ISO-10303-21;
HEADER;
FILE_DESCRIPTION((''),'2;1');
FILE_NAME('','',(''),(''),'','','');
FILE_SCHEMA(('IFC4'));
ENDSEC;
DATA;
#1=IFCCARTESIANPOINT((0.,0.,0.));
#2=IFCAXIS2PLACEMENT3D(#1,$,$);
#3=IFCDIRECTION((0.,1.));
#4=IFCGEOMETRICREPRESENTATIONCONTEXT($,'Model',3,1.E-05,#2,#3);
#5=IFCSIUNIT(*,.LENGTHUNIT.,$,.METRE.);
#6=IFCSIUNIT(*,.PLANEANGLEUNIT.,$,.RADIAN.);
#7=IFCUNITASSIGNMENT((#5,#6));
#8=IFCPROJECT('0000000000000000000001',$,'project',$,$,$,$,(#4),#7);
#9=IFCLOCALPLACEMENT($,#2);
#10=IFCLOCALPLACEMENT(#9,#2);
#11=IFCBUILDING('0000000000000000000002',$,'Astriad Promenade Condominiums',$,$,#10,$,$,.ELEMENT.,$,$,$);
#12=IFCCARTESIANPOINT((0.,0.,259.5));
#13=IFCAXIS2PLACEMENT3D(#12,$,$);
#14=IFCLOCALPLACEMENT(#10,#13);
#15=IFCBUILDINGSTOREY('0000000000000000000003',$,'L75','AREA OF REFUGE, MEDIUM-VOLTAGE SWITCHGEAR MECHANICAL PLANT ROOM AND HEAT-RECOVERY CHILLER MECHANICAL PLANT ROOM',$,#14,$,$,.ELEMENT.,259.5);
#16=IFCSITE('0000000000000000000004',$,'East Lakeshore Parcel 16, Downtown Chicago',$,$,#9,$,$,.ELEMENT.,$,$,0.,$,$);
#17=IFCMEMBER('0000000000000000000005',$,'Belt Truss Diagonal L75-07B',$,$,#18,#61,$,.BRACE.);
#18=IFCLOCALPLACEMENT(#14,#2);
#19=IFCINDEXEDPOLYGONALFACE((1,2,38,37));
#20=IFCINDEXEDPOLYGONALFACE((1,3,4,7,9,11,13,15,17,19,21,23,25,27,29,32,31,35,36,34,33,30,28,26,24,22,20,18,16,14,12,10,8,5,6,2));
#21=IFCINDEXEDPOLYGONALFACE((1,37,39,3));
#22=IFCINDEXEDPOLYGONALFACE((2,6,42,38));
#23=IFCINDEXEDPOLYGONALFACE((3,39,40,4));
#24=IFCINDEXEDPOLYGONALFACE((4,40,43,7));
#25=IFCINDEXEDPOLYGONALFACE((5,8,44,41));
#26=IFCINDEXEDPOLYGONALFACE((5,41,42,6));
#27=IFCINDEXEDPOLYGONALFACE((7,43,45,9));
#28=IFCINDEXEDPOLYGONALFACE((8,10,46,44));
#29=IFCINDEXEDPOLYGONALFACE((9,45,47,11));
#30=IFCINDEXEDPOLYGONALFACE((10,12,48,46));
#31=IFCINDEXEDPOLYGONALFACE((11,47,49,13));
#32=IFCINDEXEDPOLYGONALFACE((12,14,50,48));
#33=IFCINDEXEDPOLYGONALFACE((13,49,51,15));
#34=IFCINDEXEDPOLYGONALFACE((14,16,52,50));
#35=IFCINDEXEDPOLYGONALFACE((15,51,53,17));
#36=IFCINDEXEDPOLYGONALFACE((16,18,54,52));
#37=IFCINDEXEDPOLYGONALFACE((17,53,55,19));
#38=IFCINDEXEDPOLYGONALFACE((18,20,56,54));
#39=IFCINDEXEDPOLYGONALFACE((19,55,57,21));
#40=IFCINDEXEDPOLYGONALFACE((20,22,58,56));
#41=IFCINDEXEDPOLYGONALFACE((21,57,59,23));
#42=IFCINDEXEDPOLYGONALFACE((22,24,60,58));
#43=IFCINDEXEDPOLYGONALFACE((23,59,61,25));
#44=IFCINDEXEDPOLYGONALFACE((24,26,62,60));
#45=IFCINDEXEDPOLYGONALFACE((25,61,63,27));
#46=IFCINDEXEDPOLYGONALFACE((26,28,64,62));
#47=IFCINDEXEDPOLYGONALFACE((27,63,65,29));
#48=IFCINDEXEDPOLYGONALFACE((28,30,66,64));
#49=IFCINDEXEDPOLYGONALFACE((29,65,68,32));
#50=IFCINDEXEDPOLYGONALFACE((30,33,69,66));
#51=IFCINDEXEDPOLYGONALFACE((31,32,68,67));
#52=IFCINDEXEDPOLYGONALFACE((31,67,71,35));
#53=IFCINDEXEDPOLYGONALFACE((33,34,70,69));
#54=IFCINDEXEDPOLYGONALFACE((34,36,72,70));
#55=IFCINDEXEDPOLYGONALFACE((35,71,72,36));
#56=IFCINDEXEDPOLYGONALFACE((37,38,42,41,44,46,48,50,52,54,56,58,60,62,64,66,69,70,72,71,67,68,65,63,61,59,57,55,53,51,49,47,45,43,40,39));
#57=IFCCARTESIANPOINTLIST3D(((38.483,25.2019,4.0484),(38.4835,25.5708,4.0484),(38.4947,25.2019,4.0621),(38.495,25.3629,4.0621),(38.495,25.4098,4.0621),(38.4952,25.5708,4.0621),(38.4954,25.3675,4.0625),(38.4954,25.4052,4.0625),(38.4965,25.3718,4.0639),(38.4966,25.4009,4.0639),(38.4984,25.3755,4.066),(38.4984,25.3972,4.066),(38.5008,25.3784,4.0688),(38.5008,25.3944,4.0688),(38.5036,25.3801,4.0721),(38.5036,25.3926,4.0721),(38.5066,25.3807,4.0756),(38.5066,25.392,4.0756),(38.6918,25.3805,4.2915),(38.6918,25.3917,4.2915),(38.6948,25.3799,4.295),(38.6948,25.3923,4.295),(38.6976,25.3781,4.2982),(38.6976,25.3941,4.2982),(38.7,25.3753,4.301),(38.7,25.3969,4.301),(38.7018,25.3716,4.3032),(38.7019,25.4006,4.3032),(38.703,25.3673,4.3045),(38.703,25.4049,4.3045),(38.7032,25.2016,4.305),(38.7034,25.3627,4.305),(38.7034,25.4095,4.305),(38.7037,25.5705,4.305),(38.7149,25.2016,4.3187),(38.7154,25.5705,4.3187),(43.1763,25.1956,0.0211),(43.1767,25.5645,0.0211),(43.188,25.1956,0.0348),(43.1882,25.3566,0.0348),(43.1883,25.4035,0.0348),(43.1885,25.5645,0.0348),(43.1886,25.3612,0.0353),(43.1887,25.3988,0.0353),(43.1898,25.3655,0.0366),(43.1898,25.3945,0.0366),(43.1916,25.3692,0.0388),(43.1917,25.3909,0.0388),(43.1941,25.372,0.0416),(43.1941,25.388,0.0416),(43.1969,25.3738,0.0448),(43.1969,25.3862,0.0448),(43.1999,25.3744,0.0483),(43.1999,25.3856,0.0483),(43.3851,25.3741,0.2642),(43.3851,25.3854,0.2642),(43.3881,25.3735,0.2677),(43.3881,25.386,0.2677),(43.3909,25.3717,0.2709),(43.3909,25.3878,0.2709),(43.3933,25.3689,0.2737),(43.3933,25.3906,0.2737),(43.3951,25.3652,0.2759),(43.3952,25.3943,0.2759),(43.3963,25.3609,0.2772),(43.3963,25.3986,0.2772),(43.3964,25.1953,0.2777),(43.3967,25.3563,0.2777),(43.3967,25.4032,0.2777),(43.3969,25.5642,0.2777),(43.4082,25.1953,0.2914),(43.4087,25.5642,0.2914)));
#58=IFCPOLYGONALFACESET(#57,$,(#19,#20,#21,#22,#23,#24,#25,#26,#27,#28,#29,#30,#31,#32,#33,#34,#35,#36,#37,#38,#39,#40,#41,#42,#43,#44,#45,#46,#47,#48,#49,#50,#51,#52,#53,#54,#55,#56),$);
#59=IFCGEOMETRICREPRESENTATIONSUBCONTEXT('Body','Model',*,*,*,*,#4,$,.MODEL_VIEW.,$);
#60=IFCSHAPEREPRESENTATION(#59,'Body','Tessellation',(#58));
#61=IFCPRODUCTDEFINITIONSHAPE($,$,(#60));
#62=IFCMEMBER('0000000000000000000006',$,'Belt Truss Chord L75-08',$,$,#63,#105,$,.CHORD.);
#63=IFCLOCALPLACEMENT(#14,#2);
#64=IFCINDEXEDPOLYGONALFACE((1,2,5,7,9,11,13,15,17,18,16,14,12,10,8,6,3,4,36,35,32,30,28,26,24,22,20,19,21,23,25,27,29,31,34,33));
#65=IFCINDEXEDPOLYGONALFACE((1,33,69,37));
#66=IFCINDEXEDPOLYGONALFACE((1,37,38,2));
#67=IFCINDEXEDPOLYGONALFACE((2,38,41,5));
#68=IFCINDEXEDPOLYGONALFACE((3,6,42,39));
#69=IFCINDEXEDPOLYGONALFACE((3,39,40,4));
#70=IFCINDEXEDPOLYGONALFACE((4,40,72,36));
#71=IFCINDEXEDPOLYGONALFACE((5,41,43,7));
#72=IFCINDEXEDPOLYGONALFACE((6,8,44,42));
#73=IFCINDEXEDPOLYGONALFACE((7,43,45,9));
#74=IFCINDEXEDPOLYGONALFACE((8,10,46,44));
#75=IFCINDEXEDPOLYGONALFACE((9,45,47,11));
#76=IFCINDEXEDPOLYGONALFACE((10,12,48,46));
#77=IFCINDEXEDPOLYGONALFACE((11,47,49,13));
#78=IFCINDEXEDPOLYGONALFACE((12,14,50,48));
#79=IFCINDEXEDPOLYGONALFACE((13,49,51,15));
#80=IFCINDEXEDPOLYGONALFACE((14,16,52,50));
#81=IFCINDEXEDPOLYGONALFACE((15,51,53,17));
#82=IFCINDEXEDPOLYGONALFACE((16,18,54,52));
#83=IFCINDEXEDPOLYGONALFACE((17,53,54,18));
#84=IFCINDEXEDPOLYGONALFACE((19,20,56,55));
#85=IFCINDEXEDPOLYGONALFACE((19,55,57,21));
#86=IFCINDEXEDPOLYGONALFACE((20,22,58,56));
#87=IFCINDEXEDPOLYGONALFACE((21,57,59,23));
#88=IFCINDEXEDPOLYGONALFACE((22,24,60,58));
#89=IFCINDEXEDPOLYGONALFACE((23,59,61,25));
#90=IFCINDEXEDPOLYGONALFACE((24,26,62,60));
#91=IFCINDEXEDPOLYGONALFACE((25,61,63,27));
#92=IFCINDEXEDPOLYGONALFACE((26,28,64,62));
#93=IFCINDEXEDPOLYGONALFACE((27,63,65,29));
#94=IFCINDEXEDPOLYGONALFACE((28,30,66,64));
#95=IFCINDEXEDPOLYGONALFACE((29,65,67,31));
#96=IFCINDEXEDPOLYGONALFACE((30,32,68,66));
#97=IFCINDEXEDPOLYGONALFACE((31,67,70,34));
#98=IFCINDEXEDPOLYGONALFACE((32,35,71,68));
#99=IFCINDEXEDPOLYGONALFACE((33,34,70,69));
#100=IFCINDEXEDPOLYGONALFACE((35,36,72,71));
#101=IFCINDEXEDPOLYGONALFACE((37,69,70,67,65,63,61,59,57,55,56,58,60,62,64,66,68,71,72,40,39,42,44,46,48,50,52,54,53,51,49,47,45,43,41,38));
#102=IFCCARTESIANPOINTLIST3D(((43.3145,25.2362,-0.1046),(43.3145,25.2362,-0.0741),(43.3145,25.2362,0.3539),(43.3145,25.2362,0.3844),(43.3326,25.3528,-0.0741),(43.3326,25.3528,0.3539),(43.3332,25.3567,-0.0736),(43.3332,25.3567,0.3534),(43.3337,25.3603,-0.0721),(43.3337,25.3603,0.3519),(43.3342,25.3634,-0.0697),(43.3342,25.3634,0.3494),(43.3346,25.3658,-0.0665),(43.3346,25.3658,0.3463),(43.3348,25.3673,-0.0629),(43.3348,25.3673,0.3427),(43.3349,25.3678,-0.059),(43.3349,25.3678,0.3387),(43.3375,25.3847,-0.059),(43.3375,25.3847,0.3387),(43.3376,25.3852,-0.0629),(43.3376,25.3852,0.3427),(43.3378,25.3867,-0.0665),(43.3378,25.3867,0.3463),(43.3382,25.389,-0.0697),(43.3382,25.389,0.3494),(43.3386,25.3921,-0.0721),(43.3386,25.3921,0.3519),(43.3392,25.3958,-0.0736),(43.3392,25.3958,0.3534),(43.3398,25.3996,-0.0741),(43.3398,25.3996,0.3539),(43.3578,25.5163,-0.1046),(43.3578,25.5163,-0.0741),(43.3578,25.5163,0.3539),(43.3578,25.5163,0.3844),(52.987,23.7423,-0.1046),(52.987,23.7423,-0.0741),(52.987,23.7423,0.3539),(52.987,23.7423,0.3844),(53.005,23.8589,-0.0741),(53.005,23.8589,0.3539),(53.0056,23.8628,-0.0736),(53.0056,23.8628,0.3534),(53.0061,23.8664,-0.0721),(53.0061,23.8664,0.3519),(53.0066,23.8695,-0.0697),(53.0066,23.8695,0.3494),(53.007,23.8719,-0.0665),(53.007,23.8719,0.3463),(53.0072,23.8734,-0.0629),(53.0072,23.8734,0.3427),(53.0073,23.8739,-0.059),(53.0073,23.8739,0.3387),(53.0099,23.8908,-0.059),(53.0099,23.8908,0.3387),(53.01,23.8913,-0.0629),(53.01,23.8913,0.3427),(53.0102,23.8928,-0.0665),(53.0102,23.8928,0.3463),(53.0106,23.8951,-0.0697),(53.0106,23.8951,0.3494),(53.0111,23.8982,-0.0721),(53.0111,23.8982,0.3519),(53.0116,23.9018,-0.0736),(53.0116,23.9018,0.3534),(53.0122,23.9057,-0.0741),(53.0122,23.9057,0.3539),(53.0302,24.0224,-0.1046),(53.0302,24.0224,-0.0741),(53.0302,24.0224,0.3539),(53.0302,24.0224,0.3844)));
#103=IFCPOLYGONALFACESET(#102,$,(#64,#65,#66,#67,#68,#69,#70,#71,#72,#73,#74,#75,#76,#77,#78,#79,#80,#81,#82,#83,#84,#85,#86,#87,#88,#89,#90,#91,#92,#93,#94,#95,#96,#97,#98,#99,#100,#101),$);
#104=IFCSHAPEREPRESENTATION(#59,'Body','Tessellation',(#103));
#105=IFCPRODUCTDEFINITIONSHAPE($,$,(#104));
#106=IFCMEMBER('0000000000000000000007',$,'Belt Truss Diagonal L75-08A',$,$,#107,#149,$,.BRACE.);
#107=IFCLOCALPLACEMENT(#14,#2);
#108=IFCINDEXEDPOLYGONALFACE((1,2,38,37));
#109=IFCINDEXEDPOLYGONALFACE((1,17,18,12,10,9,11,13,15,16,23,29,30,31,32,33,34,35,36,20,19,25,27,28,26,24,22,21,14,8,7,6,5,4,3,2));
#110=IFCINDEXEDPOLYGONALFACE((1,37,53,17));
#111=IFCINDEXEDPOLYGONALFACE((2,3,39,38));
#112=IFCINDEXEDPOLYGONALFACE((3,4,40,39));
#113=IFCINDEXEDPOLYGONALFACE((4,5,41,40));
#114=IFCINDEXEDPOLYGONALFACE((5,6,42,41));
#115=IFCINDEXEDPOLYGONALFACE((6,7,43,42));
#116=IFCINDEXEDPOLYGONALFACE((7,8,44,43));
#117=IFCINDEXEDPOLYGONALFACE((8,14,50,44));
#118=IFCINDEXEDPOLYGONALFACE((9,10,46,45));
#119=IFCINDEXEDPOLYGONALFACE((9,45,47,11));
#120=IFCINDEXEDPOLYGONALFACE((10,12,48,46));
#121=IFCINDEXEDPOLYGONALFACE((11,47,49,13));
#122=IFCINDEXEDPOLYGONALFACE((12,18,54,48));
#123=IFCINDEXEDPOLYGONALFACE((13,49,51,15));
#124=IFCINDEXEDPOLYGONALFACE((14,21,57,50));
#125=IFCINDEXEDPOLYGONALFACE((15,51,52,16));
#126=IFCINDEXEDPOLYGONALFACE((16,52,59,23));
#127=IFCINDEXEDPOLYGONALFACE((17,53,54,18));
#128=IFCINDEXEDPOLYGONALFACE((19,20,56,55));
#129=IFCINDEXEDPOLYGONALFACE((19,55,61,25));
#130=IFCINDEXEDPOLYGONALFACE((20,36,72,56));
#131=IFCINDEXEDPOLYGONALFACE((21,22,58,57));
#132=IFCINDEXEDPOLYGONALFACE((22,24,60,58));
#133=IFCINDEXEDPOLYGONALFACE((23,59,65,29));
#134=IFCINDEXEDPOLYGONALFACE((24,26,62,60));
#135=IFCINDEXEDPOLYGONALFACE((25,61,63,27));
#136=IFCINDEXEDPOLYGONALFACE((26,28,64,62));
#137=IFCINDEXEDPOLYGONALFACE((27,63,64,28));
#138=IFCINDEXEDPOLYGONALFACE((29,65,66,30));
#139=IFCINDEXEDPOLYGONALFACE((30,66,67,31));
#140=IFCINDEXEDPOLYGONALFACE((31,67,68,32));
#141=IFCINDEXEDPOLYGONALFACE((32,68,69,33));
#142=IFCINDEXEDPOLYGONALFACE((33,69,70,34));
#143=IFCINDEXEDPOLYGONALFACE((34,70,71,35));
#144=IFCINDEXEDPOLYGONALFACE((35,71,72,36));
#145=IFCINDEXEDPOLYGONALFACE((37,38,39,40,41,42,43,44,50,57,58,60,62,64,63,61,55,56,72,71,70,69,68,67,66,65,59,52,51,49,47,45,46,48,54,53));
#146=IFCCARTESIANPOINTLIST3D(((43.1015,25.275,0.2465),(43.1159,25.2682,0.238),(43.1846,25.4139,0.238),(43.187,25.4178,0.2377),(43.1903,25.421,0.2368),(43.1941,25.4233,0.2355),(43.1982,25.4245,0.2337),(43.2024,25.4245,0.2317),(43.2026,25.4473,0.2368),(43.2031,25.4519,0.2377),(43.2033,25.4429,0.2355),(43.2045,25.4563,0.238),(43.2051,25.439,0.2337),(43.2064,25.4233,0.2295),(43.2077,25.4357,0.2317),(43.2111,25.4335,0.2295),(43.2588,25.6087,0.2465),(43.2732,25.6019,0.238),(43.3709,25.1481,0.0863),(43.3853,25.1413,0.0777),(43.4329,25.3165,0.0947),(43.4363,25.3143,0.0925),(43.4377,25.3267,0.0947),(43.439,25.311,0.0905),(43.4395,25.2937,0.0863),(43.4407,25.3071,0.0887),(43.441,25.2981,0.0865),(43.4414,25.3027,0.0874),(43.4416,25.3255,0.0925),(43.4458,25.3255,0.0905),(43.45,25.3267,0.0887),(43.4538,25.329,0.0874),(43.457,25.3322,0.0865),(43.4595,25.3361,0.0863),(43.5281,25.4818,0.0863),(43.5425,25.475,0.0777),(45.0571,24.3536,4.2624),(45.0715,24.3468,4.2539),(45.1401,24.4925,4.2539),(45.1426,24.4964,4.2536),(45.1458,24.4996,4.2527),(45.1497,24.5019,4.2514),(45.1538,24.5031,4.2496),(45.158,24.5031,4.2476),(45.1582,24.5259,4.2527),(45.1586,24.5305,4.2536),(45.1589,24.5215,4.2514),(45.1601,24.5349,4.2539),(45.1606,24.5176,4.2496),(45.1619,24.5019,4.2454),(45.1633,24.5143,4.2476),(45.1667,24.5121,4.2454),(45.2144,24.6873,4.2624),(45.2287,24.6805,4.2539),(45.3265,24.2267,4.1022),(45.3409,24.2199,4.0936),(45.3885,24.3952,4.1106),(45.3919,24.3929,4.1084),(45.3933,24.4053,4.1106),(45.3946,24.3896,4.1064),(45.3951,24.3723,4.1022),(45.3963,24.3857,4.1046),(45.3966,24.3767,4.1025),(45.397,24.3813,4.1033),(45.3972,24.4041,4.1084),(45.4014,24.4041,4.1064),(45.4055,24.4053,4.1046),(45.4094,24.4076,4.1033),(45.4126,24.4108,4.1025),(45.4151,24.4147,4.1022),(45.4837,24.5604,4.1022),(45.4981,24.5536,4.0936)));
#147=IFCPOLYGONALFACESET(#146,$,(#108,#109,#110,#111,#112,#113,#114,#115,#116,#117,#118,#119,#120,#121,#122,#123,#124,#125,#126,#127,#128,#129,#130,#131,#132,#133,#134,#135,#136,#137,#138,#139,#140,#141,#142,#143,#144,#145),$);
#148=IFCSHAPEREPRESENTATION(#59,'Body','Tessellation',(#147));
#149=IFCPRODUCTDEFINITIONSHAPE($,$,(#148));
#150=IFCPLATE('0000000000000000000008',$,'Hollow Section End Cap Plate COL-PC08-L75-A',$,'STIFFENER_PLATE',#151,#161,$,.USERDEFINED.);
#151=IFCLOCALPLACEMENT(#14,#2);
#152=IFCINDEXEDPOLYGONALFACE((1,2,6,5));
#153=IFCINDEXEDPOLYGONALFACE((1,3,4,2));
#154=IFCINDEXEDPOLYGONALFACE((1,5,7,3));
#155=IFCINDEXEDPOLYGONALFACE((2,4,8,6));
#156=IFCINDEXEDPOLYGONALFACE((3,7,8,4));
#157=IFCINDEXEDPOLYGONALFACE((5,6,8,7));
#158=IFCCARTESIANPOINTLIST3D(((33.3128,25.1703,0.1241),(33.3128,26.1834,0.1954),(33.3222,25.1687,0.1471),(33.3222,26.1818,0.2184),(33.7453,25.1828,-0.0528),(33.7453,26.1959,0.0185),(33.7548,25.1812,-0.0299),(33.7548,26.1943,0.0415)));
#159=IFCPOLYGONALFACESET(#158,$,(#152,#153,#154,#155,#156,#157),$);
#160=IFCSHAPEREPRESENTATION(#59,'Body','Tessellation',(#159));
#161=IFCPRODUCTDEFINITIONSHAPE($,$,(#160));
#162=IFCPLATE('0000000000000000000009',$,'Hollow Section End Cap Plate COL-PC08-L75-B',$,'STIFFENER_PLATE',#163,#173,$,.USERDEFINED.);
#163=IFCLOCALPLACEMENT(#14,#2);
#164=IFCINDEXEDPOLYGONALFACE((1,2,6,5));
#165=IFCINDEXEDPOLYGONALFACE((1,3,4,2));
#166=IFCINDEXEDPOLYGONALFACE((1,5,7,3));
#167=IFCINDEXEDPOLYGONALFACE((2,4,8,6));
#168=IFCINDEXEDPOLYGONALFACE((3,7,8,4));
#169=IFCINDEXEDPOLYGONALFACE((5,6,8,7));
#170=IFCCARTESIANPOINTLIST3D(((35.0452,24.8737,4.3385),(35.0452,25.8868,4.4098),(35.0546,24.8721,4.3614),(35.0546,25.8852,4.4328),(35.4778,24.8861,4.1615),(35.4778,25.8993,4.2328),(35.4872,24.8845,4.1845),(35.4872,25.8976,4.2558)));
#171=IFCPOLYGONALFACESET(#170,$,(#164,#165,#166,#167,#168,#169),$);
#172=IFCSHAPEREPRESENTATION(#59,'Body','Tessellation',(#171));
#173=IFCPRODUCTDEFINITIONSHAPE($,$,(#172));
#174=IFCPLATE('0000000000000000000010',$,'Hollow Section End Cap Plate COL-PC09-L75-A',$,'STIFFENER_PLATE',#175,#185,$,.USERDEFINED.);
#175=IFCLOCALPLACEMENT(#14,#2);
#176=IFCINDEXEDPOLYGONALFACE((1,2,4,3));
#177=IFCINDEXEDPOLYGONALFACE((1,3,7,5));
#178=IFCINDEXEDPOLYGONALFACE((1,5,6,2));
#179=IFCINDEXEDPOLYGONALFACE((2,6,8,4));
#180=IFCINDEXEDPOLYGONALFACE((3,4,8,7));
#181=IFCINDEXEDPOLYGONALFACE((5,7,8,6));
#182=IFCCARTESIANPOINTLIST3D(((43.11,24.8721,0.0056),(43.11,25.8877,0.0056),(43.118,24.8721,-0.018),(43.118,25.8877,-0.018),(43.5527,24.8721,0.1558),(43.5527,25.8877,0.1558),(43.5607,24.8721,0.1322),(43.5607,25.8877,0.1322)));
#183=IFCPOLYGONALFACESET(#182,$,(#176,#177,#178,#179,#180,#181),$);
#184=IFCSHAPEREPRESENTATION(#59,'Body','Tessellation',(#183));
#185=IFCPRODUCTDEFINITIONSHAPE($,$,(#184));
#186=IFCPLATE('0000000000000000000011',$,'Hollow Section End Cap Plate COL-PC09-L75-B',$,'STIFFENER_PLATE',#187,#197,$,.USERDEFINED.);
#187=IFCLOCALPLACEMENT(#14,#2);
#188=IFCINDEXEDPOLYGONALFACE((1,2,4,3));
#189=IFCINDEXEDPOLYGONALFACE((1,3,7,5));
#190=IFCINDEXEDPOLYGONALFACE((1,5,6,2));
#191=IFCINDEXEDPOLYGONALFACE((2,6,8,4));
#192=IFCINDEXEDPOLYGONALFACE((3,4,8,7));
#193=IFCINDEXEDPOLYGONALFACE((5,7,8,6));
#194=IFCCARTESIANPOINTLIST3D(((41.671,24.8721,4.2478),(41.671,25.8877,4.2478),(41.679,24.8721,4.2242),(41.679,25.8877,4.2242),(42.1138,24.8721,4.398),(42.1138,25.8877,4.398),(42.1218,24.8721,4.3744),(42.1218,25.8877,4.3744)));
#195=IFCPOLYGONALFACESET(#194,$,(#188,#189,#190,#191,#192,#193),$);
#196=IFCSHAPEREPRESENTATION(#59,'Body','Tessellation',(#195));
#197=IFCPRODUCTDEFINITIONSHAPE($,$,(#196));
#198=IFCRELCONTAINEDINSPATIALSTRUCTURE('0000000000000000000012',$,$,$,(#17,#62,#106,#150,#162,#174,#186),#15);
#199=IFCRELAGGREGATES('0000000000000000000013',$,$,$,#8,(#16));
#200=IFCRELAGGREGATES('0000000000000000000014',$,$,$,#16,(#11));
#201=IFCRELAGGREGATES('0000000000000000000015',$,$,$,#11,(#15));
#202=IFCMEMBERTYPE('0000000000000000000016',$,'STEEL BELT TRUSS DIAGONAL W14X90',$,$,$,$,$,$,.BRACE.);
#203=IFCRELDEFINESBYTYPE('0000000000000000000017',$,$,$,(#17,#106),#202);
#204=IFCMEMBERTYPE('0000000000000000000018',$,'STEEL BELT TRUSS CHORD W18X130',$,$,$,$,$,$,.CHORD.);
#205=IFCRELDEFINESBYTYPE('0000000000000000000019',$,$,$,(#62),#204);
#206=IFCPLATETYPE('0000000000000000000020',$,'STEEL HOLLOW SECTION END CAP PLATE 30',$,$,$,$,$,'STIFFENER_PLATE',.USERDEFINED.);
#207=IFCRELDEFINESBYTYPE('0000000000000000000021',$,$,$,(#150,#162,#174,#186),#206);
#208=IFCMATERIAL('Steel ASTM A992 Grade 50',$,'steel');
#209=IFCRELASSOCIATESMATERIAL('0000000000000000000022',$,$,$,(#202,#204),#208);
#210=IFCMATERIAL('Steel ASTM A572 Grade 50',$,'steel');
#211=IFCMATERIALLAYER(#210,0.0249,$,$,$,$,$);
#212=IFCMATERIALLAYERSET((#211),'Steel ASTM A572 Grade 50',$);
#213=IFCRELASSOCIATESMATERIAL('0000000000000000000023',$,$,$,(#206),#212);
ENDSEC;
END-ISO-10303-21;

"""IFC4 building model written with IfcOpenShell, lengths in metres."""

from ifc_helpers import new_model, si_unit, direction, frame, origin, origin_2d, place, context, subcontext, project, spatial, rectangle, i_section, extrude, source, transform, mapped, material, layer, layer_set, material_profile, profile_set, type_object, element, save


model = new_model("IFC4")

# Units and contexts
model_context = context("Model", 3, precision=1e-05, world=origin(), true_north=direction((0.0, 1.0)))
body_context = subcontext(model_context, "Body", "Model", "MODEL_VIEW")
ifc_project = project(units=[si_unit("LENGTHUNIT", "METRE"), si_unit("PLANEANGLEUNIT", "RADIAN")], contexts=[model_context])

# Site, building, storey
site_placement = place(None, origin())
site = spatial("IfcSite", under=ifc_project, at=site_placement, Name="East Lakeshore Parcel 16, Downtown Chicago", CompositionType="ELEMENT", RefElevation=0.0)
building_placement = place(site_placement, origin())
building = spatial("IfcBuilding", under=site, at=building_placement, Name="Astriad Promenade Condominiums", CompositionType="ELEMENT")
storey_placement = place(building_placement, frame((0.0, 0.0, 259.5)))
storey = spatial("IfcBuildingStorey", under=building, at=storey_placement, Name="L75", Description="AREA OF REFUGE, MEDIUM-VOLTAGE SWITCHGEAR MECHANICAL PLANT ROOM AND HEAT-RECOVERY CHILLER MECHANICAL PLANT ROOM", CompositionType="ELEMENT", Elevation=259.5)

# Shared definitions
ifc_material_1 = material(Name="Steel ASTM A992 Grade 50", Category="steel")

# Members
ifc_material_profile_1 = material_profile(ifc_material_1, i_section(OverallWidth=0.3689, OverallDepth=0.3562, WebThickness=0.0112, FlangeThickness=0.0181, FilletRadius=0.0178, at=origin_2d()), Name="W14X90")
ifc_profile_set_1 = profile_set([ifc_material_profile_1], Name="Steel ASTM A992 Grade 50")
member_type_1 = type_object("IfcMemberType", Name="STEEL BELT TRUSS DIAGONAL W14X90", PredefinedType="BRACE", material=ifc_profile_set_1)
ifc_material_profile_2 = material_profile(ifc_material_1, i_section(OverallWidth=0.2834, OverallDepth=0.489, WebThickness=0.0171, FlangeThickness=0.0305, FilletRadius=0.0151, at=origin_2d()), Name="W18X130")
ifc_profile_set_2 = profile_set([ifc_material_profile_2], Name="Steel ASTM A992 Grade 50")
member_type_2 = type_object("IfcMemberType", Name="STEEL BELT TRUSS CHORD W18X130", PredefinedType="CHORD", material=ifc_profile_set_2)
shared_shape_1 = source(origin(), body_context, "Body", "SweptSolid", [
    extrude(i_section(OverallWidth=0.3689, OverallDepth=0.3562, WebThickness=0.0112, FlangeThickness=0.0181, FilletRadius=0.0178, at=origin_2d()), origin(), (0.0, 0.0, 1.0), 6.1843),
])
member_1_placement = place(storey_placement, frame((43.2925, 25.3799, 0.1562), z_axis=(-0.758899, 0.001026, 0.651207), x_axis=(-0.001352, -0.999999, 0.0)))
element("IfcMember", 1, at=member_1_placement, inside=storey, type_object=member_type_1, Name="Belt Truss Diagonal L75-07B", PredefinedType="BRACE", context=body_context, shape_type="MappedRepresentation", body=[
    mapped(shared_shape_1, transform((0.0, 0.0, 0.0), scale=1.0)),
])
shared_shape_2 = source(origin(), body_context, "Body", "SweptSolid", [
    extrude(i_section(OverallWidth=0.2834, OverallDepth=0.489, WebThickness=0.0171, FlangeThickness=0.0305, FilletRadius=0.0151, at=origin_2d()), origin(), (0.0, 0.0, 1.0), 9.7871),
])
member_2_placement = place(storey_placement, frame((43.3362, 25.3762, 0.1399), z_axis=(0.988282, -0.15264, 0.0), x_axis=(0.15264, 0.988282, 0.0)))
element("IfcMember", 2, at=member_2_placement, inside=storey, type_object=member_type_2, Name="Belt Truss Chord L75-08", PredefinedType="CHORD", context=body_context, shape_type="MappedRepresentation", body=[
    mapped(shared_shape_2, transform((0.0, 0.0, 0.0), scale=1.0)),
])
shared_shape_3 = source(origin(), body_context, "Body", "SweptSolid", [
    extrude(i_section(OverallWidth=0.3689, OverallDepth=0.3562, WebThickness=0.0112, FlangeThickness=0.0181, FilletRadius=0.0178, at=origin_2d()), origin(), (0.0, 0.0, 1.0), 4.5608),
])
member_3_placement = place(storey_placement, frame((43.322, 25.375, 0.1621), z_axis=(0.428782, -0.202025, 0.880529), x_axis=(0.426221, 0.904619, 0.0)))
element("IfcMember", 3, at=member_3_placement, inside=storey, type_object=member_type_1, Name="Belt Truss Diagonal L75-08A", PredefinedType="BRACE", context=body_context, shape_type="MappedRepresentation", body=[
    mapped(shared_shape_3, transform((0.0, 0.0, 0.0), scale=1.0)),
])

# Plates
ifc_material_2 = material(Name="Steel ASTM A572 Grade 50", Category="steel")
ifc_layer_1 = layer(ifc_material_2, 0.0249)
ifc_layer_set_1 = layer_set([ifc_layer_1], Name="Steel ASTM A572 Grade 50")
plate_type_1 = type_object("IfcPlateType", Name="STEEL HOLLOW SECTION END CAP PLATE 30", ElementType="STIFFENER_PLATE", PredefinedType="USERDEFINED", material=ifc_layer_set_1)
shared_shape_4 = source(origin(), body_context, "Body", "SweptSolid", [
    extrude(rectangle(XDim=0.4675, YDim=1.0156, at=origin_2d()), origin(), (0.0, 0.0, 1.0), 0.0249),
])
for number, where, z_axis, x_axis, name in (
    (4, (33.5291, 25.6831, 0.0713), (0.379405, -0.064959, 0.922947), (1.0, 0.0, 0.0), "Hollow Section End Cap Plate COL-PC08-L75-A"),
    (5, (35.2615, 25.3865, 4.2856), (0.379405, -0.064959, 0.922947), (1.0, 0.0, 0.0), "Hollow Section End Cap Plate COL-PC08-L75-B"),
    (6, (43.3394, 25.3799, 0.0571), (-0.321234, 0.0, 0.947), (1.0, 0.0, 0.0), "Hollow Section End Cap Plate COL-PC09-L75-A"),
    (7, (41.9004, 25.3799, 4.2993), (-0.321234, 0.0, 0.947), (1.0, 0.0, 0.0), "Hollow Section End Cap Plate COL-PC09-L75-B"),
):
    element("IfcPlate", number, at=place(storey_placement, frame(where, z_axis=z_axis, x_axis=x_axis)), inside=storey, type_object=plate_type_1, Name=name, ObjectType="STIFFENER_PLATE", PredefinedType="USERDEFINED", context=body_context, shape_type="MappedRepresentation", body=[
        mapped(shared_shape_4, transform((0.0, 0.0, 0.0), scale=1.0)),
    ])

save(model, "model.ifc")
